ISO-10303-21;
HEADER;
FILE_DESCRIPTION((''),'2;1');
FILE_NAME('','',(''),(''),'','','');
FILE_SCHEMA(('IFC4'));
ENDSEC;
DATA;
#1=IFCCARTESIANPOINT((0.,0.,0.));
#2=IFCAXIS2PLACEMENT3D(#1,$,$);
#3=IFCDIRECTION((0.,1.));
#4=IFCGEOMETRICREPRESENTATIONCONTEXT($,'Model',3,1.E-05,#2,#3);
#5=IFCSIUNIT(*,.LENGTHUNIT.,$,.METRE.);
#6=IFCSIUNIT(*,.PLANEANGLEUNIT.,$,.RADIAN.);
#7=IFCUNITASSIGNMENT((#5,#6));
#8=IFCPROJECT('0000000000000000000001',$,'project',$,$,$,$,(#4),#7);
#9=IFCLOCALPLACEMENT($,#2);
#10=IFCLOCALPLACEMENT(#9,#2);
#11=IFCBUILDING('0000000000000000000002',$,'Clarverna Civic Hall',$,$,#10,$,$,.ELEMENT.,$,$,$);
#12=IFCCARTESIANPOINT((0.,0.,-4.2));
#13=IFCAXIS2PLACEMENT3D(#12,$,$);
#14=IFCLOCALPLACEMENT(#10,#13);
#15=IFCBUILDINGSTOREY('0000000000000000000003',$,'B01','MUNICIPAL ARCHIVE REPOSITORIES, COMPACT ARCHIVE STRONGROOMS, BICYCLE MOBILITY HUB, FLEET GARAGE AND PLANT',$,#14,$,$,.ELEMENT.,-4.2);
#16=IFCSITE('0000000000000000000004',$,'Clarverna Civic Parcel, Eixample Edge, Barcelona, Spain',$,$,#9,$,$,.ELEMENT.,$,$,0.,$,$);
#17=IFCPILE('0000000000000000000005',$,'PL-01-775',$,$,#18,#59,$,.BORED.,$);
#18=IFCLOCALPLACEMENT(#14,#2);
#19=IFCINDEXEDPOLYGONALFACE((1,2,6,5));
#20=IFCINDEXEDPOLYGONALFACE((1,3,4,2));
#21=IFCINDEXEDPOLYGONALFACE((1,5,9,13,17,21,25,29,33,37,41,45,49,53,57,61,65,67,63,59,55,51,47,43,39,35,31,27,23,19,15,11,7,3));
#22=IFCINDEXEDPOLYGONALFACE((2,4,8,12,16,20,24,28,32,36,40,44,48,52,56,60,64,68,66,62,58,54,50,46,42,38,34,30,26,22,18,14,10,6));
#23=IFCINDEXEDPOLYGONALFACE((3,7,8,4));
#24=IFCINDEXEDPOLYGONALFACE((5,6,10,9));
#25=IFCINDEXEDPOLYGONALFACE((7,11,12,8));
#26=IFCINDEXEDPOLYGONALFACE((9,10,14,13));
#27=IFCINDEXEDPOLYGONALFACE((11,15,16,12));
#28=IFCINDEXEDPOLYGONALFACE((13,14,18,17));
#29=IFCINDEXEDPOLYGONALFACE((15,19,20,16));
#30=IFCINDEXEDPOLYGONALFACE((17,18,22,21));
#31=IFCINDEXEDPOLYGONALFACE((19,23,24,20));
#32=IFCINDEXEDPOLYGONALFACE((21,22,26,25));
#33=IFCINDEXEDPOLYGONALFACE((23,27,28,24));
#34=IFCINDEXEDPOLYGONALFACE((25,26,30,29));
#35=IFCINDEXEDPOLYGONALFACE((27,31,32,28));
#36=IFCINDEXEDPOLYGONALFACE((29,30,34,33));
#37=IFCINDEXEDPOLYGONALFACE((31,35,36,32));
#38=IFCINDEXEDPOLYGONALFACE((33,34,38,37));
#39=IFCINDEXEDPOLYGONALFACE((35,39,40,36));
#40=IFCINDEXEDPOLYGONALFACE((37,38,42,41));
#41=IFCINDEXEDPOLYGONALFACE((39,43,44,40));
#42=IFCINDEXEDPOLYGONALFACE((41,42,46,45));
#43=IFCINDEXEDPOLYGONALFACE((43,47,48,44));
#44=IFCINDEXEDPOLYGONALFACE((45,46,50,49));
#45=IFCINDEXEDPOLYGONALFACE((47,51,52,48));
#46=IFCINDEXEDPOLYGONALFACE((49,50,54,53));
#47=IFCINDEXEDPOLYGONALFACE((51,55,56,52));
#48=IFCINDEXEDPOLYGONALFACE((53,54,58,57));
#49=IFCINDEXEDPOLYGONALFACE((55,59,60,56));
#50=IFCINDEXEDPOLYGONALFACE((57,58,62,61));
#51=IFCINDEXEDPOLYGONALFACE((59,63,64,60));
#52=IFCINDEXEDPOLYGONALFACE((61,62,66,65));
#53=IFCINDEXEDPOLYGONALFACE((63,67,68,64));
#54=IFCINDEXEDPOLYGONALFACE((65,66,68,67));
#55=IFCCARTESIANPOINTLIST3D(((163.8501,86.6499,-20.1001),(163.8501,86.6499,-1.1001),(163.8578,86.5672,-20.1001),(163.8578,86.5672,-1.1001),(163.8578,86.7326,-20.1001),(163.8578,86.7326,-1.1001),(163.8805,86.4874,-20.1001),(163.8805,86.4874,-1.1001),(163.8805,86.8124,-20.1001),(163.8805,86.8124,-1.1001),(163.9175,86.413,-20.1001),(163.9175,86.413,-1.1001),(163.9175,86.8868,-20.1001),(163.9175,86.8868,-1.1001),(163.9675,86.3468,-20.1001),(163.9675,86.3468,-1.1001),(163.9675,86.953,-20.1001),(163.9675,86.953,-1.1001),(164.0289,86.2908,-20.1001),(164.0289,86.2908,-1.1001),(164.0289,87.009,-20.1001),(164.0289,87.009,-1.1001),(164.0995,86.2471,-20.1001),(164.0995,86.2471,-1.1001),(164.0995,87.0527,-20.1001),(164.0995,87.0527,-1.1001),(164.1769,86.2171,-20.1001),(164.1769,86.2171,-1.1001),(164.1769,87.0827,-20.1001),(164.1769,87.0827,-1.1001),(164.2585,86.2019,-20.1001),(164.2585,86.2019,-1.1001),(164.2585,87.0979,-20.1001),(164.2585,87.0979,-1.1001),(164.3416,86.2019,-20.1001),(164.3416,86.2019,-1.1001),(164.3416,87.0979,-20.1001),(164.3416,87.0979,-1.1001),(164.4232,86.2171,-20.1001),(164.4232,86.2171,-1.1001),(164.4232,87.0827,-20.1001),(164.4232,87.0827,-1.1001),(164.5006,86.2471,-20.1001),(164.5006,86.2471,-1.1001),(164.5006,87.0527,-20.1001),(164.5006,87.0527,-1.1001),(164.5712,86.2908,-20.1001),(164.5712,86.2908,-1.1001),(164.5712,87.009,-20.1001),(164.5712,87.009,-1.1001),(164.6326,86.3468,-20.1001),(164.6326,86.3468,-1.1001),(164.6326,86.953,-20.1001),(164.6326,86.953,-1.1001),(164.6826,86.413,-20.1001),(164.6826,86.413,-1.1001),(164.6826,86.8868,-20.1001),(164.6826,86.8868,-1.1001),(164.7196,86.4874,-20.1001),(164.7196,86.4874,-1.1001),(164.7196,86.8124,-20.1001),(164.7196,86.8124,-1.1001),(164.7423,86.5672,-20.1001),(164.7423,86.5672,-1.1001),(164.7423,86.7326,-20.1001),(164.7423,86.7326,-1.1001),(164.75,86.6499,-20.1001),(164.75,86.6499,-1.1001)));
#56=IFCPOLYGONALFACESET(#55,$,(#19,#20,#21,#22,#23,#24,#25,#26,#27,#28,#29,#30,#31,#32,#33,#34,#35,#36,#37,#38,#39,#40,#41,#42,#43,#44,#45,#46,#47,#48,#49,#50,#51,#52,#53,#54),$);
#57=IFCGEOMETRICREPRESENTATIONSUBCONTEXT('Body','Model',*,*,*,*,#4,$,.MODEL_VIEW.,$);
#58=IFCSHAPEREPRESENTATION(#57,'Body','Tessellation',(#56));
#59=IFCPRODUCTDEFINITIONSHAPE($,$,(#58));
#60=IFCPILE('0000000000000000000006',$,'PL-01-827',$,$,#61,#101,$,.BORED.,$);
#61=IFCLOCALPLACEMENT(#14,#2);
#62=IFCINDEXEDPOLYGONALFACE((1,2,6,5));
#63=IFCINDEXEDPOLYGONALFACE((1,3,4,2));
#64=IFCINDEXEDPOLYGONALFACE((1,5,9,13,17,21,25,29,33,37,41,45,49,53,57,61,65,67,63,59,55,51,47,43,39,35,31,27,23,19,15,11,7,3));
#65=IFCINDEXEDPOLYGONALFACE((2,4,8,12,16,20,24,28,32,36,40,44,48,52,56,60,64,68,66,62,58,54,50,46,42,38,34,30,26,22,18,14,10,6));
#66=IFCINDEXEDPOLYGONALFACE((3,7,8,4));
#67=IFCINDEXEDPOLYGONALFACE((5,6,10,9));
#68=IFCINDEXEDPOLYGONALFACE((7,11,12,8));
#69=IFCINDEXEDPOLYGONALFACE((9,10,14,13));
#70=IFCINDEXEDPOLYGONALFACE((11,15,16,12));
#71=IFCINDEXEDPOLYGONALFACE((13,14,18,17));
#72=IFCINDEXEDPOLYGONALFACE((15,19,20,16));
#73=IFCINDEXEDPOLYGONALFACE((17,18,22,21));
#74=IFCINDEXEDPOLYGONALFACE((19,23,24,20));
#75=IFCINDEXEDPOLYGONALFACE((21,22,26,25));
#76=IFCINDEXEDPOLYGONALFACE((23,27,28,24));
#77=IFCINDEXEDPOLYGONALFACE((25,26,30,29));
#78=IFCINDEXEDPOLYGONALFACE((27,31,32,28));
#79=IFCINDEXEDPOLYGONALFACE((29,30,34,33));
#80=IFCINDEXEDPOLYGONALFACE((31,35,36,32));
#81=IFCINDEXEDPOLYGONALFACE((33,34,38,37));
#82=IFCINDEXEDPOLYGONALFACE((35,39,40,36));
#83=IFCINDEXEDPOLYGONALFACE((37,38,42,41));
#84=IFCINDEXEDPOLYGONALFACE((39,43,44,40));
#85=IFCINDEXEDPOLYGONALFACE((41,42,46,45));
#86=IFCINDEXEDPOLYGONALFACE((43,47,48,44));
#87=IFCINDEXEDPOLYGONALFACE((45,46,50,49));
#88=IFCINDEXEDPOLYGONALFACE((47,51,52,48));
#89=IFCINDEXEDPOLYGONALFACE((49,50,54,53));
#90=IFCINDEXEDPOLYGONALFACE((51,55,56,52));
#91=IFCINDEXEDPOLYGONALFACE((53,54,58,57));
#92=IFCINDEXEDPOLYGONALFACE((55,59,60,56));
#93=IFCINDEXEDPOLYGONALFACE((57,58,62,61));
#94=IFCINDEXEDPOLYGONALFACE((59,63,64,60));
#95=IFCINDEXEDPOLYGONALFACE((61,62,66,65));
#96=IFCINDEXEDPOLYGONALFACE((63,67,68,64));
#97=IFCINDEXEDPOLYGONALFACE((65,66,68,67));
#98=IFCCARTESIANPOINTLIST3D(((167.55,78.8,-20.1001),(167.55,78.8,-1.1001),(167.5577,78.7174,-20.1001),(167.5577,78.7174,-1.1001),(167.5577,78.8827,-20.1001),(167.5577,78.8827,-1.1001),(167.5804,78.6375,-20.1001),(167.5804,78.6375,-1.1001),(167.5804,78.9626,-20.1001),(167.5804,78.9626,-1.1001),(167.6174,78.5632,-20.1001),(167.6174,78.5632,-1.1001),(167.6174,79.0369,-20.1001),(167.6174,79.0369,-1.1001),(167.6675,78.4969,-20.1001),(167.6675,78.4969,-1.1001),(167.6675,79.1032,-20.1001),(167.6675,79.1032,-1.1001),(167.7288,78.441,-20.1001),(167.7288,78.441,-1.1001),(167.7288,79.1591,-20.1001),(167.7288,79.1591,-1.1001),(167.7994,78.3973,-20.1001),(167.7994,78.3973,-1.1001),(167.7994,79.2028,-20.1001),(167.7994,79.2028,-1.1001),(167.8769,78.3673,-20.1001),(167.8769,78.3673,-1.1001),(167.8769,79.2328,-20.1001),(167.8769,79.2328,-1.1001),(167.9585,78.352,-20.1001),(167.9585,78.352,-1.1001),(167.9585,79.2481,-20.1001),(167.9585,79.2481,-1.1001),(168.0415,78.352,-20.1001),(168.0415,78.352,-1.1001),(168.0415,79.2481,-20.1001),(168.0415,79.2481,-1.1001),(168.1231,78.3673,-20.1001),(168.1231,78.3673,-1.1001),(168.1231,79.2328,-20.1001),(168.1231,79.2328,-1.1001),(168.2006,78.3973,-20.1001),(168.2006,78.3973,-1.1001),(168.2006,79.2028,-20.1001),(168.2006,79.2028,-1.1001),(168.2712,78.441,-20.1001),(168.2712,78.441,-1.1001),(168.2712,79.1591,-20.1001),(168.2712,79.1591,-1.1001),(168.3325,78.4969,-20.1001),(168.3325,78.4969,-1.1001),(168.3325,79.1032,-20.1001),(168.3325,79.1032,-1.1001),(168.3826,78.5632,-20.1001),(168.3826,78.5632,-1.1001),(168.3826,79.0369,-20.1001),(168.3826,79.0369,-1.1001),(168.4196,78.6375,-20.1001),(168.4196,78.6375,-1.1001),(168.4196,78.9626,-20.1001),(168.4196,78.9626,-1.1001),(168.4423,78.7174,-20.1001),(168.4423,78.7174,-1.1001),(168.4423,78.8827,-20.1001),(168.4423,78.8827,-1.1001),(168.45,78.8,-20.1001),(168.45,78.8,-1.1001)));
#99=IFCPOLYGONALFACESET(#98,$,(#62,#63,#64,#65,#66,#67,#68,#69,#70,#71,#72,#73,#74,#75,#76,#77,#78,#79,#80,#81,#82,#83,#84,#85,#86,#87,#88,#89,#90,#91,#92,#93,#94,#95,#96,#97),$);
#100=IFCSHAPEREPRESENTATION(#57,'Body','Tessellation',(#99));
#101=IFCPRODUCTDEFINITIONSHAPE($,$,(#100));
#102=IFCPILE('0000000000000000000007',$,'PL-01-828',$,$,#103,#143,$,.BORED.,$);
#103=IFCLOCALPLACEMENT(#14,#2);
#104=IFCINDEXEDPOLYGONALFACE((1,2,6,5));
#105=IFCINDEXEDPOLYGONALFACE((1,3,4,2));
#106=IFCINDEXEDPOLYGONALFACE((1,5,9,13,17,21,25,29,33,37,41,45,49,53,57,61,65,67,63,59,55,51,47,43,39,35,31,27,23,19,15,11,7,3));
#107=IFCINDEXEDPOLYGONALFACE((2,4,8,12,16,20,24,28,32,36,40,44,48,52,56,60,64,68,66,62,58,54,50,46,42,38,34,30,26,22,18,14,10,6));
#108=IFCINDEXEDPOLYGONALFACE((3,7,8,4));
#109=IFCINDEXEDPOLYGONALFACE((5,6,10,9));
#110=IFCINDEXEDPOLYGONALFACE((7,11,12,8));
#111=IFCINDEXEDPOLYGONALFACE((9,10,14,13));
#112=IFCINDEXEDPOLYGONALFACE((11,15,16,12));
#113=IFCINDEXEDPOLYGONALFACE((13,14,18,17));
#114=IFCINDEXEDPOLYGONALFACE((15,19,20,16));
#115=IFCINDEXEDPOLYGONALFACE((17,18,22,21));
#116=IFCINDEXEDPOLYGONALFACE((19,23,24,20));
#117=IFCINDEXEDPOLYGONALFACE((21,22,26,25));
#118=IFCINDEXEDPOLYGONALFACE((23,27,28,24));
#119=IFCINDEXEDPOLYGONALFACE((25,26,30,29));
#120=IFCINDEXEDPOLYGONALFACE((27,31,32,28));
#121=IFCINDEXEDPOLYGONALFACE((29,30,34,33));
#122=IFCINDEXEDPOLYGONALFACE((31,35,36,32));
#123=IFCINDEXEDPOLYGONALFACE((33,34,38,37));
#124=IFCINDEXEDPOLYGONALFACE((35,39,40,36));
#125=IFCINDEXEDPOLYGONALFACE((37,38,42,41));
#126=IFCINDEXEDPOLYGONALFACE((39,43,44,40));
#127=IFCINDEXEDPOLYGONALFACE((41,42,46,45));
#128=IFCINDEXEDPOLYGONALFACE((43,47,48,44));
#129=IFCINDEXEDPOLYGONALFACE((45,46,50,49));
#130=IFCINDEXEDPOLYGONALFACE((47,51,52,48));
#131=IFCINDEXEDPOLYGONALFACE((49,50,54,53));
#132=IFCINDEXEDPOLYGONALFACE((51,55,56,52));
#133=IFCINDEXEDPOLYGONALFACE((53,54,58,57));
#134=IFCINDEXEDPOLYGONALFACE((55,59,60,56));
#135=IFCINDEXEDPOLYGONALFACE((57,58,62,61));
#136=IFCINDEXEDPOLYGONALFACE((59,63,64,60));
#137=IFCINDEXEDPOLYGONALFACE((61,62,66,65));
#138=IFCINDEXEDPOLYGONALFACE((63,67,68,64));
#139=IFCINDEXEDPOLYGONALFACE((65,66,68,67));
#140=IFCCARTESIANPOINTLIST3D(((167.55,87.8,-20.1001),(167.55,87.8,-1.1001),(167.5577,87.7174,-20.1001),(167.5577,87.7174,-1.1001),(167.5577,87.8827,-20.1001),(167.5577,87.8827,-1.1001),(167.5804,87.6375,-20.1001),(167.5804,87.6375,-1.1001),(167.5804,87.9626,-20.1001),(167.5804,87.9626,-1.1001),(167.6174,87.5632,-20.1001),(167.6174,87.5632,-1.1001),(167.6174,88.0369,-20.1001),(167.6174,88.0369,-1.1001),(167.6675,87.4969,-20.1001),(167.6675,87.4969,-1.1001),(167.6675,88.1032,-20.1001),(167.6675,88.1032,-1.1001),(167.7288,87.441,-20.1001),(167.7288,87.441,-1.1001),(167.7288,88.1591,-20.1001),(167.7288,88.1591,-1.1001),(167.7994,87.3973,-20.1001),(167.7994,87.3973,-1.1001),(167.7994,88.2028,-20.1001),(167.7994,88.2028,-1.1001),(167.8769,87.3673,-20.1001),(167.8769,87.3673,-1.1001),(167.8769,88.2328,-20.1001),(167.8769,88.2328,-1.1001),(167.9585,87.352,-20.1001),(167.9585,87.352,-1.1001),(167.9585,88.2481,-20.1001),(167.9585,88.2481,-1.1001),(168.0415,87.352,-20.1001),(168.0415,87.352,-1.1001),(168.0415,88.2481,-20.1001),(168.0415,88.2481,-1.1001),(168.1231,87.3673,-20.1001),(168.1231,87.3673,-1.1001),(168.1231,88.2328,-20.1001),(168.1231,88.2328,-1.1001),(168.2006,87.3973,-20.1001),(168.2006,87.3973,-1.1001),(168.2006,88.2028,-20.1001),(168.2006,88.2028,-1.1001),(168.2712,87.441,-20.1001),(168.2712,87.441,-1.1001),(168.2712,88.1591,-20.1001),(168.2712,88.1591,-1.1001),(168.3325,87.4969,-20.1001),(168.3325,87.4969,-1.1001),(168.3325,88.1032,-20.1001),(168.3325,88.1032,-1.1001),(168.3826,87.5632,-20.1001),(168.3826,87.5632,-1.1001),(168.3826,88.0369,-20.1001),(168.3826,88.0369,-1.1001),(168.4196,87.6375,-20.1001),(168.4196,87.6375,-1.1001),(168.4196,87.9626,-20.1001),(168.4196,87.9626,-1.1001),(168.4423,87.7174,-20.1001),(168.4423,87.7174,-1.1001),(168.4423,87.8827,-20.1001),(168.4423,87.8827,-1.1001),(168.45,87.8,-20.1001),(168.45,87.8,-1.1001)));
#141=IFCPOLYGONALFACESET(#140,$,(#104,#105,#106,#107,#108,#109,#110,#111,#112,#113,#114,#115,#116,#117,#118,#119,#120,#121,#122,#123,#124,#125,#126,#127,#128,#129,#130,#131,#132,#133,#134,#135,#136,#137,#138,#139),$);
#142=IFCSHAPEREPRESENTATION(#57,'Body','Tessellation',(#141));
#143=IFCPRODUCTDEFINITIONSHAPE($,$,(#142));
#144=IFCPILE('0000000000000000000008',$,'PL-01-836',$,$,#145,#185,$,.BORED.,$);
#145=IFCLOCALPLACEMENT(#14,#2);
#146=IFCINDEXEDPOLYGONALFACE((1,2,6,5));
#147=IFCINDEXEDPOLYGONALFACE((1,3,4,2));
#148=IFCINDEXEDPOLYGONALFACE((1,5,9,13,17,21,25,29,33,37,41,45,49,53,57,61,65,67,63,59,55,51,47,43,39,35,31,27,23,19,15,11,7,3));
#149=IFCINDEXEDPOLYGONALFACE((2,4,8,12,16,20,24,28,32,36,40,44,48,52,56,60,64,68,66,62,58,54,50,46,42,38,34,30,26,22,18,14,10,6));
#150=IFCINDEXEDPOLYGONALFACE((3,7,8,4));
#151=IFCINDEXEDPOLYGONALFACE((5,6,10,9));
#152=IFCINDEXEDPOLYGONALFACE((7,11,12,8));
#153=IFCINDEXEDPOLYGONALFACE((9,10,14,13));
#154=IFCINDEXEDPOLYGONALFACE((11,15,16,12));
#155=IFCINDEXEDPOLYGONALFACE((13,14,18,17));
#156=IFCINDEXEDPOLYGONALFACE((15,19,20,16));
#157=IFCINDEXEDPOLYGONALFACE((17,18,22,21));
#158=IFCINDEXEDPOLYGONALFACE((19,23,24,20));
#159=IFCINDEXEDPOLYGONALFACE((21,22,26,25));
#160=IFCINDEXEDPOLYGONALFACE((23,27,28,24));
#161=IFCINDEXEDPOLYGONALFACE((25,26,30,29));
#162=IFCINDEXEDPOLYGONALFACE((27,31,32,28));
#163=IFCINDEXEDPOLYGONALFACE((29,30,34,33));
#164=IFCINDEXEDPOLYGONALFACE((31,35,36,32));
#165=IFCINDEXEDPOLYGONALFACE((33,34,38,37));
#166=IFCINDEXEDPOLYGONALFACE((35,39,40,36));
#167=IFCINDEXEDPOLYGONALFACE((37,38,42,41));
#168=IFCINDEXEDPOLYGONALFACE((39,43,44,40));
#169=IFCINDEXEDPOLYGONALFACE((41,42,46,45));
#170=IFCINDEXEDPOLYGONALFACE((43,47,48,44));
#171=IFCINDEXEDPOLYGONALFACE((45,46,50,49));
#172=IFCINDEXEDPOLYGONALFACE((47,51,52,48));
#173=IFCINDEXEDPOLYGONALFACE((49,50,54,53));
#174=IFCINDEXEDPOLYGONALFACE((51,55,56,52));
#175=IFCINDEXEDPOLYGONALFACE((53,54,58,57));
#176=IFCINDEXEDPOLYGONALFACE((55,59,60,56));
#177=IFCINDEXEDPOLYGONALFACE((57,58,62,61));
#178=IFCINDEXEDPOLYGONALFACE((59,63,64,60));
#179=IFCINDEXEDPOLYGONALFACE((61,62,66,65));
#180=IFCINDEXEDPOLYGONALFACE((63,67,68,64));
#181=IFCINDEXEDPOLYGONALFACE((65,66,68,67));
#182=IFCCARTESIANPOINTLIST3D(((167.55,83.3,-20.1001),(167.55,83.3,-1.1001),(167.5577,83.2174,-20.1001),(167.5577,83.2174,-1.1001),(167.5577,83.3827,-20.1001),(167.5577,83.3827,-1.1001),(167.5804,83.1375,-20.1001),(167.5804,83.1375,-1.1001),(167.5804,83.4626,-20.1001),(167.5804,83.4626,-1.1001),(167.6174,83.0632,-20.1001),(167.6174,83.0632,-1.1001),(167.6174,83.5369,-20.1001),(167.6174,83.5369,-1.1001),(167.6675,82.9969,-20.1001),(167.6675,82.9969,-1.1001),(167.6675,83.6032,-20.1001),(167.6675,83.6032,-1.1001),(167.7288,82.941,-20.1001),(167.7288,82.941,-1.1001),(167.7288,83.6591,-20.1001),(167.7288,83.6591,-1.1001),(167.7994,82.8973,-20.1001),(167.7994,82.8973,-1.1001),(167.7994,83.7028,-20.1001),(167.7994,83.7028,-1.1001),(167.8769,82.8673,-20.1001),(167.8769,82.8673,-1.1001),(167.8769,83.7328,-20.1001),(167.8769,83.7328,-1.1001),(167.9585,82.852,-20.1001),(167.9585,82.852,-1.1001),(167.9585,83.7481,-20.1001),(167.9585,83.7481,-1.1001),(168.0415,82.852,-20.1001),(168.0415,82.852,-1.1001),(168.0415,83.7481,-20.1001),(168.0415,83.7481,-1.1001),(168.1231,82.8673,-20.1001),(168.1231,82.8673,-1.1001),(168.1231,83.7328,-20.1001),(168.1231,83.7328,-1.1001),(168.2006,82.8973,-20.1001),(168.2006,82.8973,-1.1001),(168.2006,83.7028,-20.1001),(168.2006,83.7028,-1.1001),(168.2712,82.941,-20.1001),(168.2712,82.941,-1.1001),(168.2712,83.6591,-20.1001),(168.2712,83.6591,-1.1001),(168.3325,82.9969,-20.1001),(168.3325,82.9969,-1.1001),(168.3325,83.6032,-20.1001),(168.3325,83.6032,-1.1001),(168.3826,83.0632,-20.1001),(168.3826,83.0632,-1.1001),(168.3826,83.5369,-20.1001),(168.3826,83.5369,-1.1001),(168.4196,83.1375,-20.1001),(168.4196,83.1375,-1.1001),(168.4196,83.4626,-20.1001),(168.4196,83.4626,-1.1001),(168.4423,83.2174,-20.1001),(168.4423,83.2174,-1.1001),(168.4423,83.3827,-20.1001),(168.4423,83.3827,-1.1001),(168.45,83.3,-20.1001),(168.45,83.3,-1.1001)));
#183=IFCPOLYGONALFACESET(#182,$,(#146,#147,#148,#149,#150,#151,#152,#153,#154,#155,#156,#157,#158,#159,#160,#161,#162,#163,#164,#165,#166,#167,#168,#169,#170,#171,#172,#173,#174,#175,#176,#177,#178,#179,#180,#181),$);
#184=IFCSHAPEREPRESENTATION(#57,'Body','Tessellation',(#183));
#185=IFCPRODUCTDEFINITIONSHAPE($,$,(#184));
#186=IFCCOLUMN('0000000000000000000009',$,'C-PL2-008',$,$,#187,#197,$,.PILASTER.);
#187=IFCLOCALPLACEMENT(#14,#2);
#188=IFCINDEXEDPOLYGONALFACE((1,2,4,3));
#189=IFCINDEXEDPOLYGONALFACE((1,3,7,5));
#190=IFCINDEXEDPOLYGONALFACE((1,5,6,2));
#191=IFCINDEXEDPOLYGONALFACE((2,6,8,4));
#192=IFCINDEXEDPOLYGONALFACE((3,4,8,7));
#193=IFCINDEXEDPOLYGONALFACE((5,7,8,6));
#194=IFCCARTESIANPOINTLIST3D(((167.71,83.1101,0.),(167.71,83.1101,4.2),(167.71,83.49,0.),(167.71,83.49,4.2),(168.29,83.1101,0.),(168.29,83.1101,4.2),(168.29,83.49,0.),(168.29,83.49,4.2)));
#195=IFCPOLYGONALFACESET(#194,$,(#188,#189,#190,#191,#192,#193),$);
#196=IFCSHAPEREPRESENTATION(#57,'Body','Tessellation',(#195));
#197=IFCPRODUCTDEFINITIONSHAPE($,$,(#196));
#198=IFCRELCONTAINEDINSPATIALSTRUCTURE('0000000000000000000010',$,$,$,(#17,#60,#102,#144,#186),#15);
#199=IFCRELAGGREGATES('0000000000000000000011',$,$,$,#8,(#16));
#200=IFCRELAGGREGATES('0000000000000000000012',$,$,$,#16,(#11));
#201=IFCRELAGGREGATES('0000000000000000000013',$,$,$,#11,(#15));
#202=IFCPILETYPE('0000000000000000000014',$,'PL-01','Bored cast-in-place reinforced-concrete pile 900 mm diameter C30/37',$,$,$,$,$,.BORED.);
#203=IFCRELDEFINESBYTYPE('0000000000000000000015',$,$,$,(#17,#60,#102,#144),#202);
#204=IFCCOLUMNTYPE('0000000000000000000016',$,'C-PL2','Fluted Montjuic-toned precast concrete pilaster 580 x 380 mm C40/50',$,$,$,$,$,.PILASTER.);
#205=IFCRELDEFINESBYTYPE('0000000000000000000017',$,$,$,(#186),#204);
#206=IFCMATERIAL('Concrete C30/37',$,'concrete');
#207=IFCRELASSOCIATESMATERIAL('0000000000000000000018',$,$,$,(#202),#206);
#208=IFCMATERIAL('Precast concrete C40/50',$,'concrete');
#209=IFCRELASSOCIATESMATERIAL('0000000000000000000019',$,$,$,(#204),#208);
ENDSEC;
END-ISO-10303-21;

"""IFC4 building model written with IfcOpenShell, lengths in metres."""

from ifc_helpers import new_model, si_unit, direction, frame, origin, origin_2d, place, context, subcontext, project, spatial, rectangle, circle, extrude, material, material_profile, profile_set, type_object, element, save


model = new_model("IFC4")

# Units and contexts
model_context = context("Model", 3, precision=1e-05, world=origin(), true_north=direction((0.0, 1.0)))
body_context = subcontext(model_context, "Body", "Model", "MODEL_VIEW")
ifc_project = project(units=[si_unit("LENGTHUNIT", "METRE"), si_unit("PLANEANGLEUNIT", "RADIAN")], contexts=[model_context])

# Site, building, storey
site_placement = place(None, origin())
site = spatial("IfcSite", under=ifc_project, at=site_placement, Name="Clarverna Civic Parcel, Eixample Edge, Barcelona, Spain", CompositionType="ELEMENT", RefElevation=0.0)
building_placement = place(site_placement, origin())
building = spatial("IfcBuilding", under=site, at=building_placement, Name="Clarverna Civic Hall", CompositionType="ELEMENT")
storey_placement = place(building_placement, frame((0.0, 0.0, -4.2)))
storey = spatial("IfcBuildingStorey", under=building, at=storey_placement, Name="B01", Description="MUNICIPAL ARCHIVE REPOSITORIES, COMPACT ARCHIVE STRONGROOMS, BICYCLE MOBILITY HUB, FLEET GARAGE AND PLANT", CompositionType="ELEMENT", Elevation=-4.2)

# Shared definitions
ifc_material_1 = material(Name="Concrete C30/37", Category="concrete")

# Piles
ifc_material_profile_1 = material_profile(ifc_material_1, circle(Radius=0.45, at=origin_2d()), Name="BORED PILE D900")
ifc_profile_set_1 = profile_set([ifc_material_profile_1], Name="Concrete C30/37")
pile_type = type_object("IfcPileType", Name="PL-01", Description="Bored cast-in-place reinforced-concrete pile 900 mm diameter C30/37", PredefinedType="BORED", material=ifc_profile_set_1)
for number, where, z_axis, x_axis, name in (
    (1, (164.3, 86.6499, -1.1001), (0.0, 0.0, -1.0), (1.0, 0.0, 0.0), "PL-01-775"),
    (2, (168.0, 78.8, -1.1001), (0.0, 0.0, -1.0), (1.0, 0.0, 0.0), "PL-01-827"),
    (3, (168.0, 87.8, -1.1001), (0.0, 0.0, -1.0), (1.0, 0.0, 0.0), "PL-01-828"),
    (4, (168.0, 83.3, -1.1001), (0.0, 0.0, -1.0), (1.0, 0.0, 0.0), "PL-01-836"),
):
    element("IfcPile", number, at=place(storey_placement, frame(where, z_axis=z_axis, x_axis=x_axis)), inside=storey, type_object=pile_type, Name=name, PredefinedType="BORED", context=body_context, shape_type="SweptSolid", body=[
        extrude(circle(Radius=0.45, at=origin_2d()), origin(), (0.0, 0.0, 1.0), 19.0),
    ])

# Column
ifc_material_2 = material(Name="Precast concrete C40/50", Category="concrete")
ifc_material_profile_2 = material_profile(ifc_material_2, rectangle(XDim=0.5801, YDim=0.3799, at=origin_2d()), Name="PILASTER 580x380")
ifc_profile_set_2 = profile_set([ifc_material_profile_2], Name="Precast concrete C40/50")
column_type_1 = type_object("IfcColumnType", Name="C-PL2", Description="Fluted Montjuic-toned precast concrete pilaster 580 x 380 mm C40/50", PredefinedType="PILASTER", material=ifc_profile_set_2)
column_placement = place(storey_placement, frame((168.0, 83.3, 0.0), z_axis=(0.0, 0.0, 1.0), x_axis=(1.0, 0.0, 0.0)))
element("IfcColumn", 5, at=column_placement, inside=storey, type_object=column_type_1, Name="C-PL2-008", PredefinedType="PILASTER", context=body_context, shape_type="SweptSolid", body=[
    extrude(rectangle(XDim=0.5801, YDim=0.3799, at=origin_2d()), origin(), (0.0, 0.0, 1.0), 4.2),
])

save(model, "model.ifc")
